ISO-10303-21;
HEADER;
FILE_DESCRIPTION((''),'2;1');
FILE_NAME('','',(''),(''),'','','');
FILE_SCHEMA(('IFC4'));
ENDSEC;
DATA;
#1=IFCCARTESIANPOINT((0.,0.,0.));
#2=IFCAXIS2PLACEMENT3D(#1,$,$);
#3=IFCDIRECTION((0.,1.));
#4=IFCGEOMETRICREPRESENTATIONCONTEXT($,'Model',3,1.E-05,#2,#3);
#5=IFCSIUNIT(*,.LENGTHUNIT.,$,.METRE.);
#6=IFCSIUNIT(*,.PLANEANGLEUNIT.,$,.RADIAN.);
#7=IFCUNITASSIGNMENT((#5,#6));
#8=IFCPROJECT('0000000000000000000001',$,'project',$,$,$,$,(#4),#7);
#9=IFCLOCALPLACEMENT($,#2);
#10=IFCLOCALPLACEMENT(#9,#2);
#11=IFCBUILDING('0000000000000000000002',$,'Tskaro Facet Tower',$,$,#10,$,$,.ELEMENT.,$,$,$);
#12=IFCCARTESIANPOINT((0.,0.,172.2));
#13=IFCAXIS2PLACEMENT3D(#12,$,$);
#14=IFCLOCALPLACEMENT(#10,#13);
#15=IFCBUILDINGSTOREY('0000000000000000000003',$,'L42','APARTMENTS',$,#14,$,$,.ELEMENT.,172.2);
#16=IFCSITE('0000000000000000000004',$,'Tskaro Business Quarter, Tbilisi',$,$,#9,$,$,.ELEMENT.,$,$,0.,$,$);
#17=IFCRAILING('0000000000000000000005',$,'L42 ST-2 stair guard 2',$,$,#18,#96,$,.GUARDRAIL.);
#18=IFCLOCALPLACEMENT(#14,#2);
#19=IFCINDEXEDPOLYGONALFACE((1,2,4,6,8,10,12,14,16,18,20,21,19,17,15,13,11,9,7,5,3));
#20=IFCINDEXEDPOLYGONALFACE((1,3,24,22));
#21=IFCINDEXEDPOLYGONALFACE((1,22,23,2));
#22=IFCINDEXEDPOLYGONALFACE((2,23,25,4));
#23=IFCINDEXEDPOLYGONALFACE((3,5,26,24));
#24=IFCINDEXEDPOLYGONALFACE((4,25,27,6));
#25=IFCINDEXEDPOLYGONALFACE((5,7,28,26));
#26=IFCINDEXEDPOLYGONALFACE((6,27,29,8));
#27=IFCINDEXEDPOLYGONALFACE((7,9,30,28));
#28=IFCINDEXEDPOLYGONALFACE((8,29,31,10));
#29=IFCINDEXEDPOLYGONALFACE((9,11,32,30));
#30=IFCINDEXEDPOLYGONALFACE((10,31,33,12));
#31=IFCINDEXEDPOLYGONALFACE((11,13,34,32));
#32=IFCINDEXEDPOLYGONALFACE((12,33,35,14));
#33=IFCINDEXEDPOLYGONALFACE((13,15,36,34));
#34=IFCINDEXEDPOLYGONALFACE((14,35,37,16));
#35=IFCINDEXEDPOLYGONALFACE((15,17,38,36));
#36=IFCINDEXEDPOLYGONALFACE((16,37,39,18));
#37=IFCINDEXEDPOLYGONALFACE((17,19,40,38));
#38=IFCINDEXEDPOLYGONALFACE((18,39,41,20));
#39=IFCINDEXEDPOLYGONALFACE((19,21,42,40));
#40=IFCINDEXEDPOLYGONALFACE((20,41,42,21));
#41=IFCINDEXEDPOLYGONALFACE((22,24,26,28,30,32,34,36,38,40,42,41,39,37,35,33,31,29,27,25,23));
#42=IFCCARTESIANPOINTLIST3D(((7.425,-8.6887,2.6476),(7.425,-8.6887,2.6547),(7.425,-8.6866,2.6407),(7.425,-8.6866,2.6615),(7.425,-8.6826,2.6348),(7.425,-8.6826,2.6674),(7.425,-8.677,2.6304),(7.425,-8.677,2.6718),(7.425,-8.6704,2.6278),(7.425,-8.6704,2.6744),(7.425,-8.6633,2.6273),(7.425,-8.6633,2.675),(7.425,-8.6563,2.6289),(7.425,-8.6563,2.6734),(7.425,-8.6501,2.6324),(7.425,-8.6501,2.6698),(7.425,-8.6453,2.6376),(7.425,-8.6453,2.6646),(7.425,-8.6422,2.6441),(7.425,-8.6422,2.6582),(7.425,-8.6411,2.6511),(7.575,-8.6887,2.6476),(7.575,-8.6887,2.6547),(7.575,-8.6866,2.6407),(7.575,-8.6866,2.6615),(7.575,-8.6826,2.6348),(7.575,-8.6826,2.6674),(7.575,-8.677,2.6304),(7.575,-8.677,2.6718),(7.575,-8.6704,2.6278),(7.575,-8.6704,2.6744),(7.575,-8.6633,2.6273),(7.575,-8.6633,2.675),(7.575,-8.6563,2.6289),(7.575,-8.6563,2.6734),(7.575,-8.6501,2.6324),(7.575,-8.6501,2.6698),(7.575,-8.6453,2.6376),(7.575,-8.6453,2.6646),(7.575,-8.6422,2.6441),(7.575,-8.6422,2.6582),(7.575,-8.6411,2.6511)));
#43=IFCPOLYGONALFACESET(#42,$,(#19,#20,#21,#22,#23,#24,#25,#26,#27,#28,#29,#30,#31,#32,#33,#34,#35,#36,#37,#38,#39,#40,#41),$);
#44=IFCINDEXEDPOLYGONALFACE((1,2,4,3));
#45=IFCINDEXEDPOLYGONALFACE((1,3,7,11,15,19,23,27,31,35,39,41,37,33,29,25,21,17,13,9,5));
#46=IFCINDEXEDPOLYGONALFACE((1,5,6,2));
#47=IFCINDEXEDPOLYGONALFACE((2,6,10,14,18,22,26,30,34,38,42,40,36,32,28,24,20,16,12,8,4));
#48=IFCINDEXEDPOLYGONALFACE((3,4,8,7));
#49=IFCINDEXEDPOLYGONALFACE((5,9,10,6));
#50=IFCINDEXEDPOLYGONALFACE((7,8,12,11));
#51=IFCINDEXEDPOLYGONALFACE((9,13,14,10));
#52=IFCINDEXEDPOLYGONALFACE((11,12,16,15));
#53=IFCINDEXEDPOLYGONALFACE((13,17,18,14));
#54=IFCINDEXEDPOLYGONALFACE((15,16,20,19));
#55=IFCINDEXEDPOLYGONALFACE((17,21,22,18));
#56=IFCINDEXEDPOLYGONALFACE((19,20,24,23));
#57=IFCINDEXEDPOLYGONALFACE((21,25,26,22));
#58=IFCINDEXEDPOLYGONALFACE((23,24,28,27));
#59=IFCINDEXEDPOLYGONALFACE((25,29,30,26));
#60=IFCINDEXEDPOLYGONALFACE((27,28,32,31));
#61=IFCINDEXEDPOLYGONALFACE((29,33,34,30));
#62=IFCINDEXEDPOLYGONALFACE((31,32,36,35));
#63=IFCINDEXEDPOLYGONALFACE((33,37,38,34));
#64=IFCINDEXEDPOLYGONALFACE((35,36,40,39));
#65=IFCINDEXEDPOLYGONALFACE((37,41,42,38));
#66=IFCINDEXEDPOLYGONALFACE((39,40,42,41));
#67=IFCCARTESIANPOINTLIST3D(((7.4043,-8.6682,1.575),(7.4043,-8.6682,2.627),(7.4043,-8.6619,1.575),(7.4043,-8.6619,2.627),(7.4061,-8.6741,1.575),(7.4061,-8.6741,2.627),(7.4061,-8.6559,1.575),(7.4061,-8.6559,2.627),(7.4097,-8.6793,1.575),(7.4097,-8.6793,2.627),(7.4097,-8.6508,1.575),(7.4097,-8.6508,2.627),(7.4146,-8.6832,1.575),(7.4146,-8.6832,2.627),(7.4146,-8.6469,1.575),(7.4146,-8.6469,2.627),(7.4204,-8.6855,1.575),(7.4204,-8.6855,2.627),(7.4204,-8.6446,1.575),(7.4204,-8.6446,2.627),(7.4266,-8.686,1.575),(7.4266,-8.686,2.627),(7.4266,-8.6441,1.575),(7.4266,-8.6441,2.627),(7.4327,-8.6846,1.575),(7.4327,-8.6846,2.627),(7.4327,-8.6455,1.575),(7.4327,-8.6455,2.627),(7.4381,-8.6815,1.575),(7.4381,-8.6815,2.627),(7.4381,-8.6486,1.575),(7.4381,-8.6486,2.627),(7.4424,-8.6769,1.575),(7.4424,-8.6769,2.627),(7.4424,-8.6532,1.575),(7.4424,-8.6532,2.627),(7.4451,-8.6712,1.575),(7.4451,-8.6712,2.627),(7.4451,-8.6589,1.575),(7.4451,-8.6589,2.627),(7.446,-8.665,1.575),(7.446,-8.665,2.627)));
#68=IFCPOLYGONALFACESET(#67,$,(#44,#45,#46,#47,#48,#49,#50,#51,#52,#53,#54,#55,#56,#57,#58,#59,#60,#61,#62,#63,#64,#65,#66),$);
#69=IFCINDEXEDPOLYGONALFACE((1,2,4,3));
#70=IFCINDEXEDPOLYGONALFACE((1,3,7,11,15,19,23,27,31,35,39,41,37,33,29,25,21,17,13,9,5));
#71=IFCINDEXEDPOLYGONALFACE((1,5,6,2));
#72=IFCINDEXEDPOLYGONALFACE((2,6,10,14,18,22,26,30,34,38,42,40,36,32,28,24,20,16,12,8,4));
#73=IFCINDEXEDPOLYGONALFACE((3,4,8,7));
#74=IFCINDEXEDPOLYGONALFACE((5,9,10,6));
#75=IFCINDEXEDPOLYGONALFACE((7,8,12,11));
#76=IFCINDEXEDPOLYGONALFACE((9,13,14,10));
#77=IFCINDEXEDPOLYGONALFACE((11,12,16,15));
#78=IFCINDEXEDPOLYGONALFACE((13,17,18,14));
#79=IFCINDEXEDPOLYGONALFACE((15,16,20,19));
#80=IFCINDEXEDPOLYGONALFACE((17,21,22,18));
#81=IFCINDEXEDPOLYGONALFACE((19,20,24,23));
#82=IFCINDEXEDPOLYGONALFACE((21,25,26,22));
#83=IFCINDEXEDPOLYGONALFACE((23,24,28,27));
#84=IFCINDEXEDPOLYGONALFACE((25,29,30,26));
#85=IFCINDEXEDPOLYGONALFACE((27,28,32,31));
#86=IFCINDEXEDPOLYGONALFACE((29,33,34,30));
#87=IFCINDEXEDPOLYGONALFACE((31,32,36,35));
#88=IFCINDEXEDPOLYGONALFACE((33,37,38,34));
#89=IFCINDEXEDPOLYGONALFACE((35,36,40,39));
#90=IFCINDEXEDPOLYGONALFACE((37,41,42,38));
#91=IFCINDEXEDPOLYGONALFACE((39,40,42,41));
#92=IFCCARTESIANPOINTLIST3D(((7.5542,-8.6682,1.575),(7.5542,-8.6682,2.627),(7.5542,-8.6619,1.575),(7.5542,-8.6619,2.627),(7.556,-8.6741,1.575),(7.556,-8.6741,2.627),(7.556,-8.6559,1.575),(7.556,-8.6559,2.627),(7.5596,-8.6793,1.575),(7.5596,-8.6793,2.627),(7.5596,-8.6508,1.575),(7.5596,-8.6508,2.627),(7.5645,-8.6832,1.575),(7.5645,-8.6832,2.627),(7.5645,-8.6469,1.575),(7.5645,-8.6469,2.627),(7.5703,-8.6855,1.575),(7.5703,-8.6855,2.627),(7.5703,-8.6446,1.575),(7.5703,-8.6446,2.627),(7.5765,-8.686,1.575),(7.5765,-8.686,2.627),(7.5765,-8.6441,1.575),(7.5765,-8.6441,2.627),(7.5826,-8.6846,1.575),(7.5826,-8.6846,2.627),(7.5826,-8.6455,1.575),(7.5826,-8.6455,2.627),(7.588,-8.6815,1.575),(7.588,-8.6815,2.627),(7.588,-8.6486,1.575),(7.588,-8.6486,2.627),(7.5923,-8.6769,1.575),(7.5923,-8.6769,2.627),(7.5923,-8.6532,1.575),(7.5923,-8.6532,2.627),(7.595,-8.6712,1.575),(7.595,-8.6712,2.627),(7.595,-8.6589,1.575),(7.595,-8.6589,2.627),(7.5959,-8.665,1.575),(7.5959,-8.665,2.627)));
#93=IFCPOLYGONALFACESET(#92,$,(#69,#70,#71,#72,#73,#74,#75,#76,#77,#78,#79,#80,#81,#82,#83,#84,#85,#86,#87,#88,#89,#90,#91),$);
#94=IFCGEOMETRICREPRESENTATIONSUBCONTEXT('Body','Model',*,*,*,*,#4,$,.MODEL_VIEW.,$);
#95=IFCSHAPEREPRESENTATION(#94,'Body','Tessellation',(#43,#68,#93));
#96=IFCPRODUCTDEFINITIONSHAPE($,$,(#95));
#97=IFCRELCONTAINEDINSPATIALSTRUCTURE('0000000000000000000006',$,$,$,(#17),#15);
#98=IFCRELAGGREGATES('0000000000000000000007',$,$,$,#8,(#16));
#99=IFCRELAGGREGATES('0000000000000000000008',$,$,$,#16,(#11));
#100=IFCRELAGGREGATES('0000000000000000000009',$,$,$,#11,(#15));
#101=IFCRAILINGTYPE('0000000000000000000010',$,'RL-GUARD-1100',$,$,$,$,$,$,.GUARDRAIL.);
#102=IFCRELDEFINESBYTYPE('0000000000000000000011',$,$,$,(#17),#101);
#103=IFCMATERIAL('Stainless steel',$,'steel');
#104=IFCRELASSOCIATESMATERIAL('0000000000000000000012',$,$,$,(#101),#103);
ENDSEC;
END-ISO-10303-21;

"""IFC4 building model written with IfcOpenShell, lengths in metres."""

from ifc_helpers import new_model, si_unit, direction, frame, origin, origin_2d, place, context, subcontext, project, spatial, circle, extrude, material, type_object, element, save


model = new_model("IFC4")

# Units and contexts
model_context = context("Model", 3, precision=1e-05, world=origin(), true_north=direction((0.0, 1.0)))
body_context = subcontext(model_context, "Body", "Model", "MODEL_VIEW")
ifc_project = project(units=[si_unit("LENGTHUNIT", "METRE"), si_unit("PLANEANGLEUNIT", "RADIAN")], contexts=[model_context])

# Site, building, storey
site_placement = place(None, origin())
site = spatial("IfcSite", under=ifc_project, at=site_placement, Name="Tskaro Business Quarter, Tbilisi", CompositionType="ELEMENT", RefElevation=0.0)
building_placement = place(site_placement, origin())
building = spatial("IfcBuilding", under=site, at=building_placement, Name="Tskaro Facet Tower", CompositionType="ELEMENT")
storey_placement = place(building_placement, frame((0.0, 0.0, 172.2)))
storey = spatial("IfcBuildingStorey", under=building, at=storey_placement, Name="L42", Description="APARTMENTS", CompositionType="ELEMENT", Elevation=172.2)

# Railing
ifc_material_1 = material(Name="Stainless steel", Category="steel")
railing_type = type_object("IfcRailingType", Name="RL-GUARD-1100", PredefinedType="GUARDRAIL", material=ifc_material_1)
railing_1_placement = place(storey_placement, frame((7.425, -8.665, 1.575)))
element("IfcRailing", 1, at=railing_1_placement, inside=storey, type_object=railing_type, Name="L42 ST-2 stair guard 2", PredefinedType="GUARDRAIL", context=body_context, shape_type="SweptSolid", body=[
    extrude(circle(Radius=0.0239, at=origin_2d()), frame((0.0, 0.0, 1.0762), z_axis=(1.0, 0.0, 0.0), x_axis=(0.0, 1.0, 0.0)), (0.0, 0.0, 1.0), 0.1499),
    extrude(circle(Radius=0.021, at=origin_2d()), origin(), (0.0, 0.0, 1.0), 1.052),
    extrude(circle(Radius=0.021, at=origin_2d()), frame((0.1499, 0.0, 0.0)), (0.0, 0.0, 1.0), 1.052),
])

save(model, "model.ifc")
